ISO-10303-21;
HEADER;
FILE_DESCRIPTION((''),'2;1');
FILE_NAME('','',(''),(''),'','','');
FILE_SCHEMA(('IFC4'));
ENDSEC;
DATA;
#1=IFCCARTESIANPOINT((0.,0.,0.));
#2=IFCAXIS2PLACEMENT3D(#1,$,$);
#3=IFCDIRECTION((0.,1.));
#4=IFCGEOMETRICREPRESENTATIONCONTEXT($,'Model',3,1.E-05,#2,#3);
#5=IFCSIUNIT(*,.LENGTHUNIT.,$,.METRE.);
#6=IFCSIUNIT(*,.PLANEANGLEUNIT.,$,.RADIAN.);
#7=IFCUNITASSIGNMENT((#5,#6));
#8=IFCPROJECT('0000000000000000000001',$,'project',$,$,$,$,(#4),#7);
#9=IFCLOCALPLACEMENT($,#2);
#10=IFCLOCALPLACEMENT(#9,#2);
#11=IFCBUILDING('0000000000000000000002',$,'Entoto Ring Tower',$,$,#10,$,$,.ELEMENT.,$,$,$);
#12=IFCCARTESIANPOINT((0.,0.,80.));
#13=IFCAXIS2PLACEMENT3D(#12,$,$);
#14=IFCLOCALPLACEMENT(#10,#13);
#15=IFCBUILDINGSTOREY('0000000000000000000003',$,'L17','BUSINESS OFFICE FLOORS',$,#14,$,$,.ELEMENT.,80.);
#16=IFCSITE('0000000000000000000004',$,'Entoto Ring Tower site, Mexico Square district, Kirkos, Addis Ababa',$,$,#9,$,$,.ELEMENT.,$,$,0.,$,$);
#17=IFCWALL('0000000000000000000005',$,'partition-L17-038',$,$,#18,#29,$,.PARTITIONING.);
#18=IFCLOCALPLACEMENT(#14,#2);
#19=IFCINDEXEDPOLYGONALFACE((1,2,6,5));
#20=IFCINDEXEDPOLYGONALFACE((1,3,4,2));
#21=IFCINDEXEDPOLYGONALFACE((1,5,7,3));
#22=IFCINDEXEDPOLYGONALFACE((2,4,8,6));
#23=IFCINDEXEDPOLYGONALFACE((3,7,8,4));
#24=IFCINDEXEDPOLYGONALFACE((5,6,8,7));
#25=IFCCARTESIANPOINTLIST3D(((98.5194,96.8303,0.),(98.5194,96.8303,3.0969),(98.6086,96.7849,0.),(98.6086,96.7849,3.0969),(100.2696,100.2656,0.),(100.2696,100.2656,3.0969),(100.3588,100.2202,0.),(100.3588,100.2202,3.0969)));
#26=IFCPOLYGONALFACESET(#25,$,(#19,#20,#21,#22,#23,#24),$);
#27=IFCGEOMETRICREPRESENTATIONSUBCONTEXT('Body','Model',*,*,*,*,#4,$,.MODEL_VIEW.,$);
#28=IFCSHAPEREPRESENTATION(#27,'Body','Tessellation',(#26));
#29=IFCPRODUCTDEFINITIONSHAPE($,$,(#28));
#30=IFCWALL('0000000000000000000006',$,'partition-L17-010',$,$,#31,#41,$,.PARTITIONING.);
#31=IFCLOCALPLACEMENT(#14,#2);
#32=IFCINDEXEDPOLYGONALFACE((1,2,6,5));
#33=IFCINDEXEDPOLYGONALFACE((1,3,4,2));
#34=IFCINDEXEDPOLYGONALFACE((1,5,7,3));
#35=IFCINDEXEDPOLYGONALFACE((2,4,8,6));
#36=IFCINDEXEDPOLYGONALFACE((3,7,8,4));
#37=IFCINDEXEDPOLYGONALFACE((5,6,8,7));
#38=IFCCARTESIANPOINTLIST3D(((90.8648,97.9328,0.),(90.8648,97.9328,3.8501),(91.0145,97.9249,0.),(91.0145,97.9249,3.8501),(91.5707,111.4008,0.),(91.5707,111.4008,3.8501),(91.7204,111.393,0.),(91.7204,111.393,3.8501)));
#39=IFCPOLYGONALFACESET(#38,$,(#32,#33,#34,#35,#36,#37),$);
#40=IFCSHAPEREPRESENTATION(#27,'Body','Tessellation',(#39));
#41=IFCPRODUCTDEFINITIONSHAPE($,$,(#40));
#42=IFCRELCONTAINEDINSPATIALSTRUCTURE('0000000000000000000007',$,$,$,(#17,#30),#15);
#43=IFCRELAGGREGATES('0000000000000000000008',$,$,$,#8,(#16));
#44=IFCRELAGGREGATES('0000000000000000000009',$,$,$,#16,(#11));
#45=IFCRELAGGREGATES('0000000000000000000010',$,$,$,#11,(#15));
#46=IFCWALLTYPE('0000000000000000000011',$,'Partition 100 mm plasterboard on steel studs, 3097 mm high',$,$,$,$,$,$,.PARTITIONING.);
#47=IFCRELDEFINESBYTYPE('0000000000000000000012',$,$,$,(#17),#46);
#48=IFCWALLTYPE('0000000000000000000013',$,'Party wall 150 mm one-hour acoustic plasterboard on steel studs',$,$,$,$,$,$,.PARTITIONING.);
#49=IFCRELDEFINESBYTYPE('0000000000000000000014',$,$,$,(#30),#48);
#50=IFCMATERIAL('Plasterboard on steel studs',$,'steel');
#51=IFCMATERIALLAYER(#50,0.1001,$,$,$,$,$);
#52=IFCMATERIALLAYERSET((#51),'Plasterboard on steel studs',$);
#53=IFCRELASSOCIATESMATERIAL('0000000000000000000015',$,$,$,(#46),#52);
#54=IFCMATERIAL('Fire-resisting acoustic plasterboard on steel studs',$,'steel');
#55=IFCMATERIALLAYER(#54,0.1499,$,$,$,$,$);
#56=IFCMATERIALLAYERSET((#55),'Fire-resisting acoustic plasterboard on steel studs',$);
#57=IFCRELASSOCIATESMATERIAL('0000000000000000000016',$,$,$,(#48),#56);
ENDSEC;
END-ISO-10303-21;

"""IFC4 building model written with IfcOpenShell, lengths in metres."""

from ifc_helpers import new_model, si_unit, direction, frame, frame_2d, origin, place, context, subcontext, project, spatial, rectangle, extrude, material, layer, layer_set, type_object, element, save


model = new_model("IFC4")

# Units and contexts
model_context = context("Model", 3, precision=1e-05, world=origin(), true_north=direction((0.0, 1.0)))
body_context = subcontext(model_context, "Body", "Model", "MODEL_VIEW")
ifc_project = project(units=[si_unit("LENGTHUNIT", "METRE"), si_unit("PLANEANGLEUNIT", "RADIAN")], contexts=[model_context])

# Site, building, storey
site_placement = place(None, origin())
site = spatial("IfcSite", under=ifc_project, at=site_placement, Name="Entoto Ring Tower site, Mexico Square district, Kirkos, Addis Ababa", CompositionType="ELEMENT", RefElevation=0.0)
building_placement = place(site_placement, origin())
building = spatial("IfcBuilding", under=site, at=building_placement, Name="Entoto Ring Tower", CompositionType="ELEMENT")
storey_placement = place(building_placement, frame((0.0, 0.0, 80.0)))
storey = spatial("IfcBuildingStorey", under=building, at=storey_placement, Name="L17", Description="BUSINESS OFFICE FLOORS", CompositionType="ELEMENT", Elevation=80.0)

# Walls
ifc_material_1 = material(Name="Plasterboard on steel studs", Category="steel")
ifc_layer_1 = layer(ifc_material_1, 0.1001)
ifc_layer_set_1 = layer_set([ifc_layer_1], Name="Plasterboard on steel studs")
wall_type_1 = type_object("IfcWallType", Name="Partition 100 mm plasterboard on steel studs, 3097 mm high", PredefinedType="PARTITIONING", material=ifc_layer_set_1)
wall_1_placement = place(storey_placement, frame((98.564, 96.8076, 0.0), z_axis=(0.0, 0.0, 1.0), x_axis=(0.453964, 0.89102, 0.0)))
element("IfcWall", 1, at=wall_1_placement, inside=storey, type_object=wall_type_1, Name="partition-L17-038", PredefinedType="PARTITIONING", context=body_context, shape_type="SweptSolid", body=[
    extrude(rectangle(XDim=3.8555, YDim=0.1001, at=frame_2d((1.9277, 0.0))), origin(), (0.0, 0.0, 1.0), 3.0969),
])
ifc_material_2 = material(Name="Fire-resisting acoustic plasterboard on steel studs", Category="steel")
ifc_layer_2 = layer(ifc_material_2, 0.1499)
ifc_layer_set_2 = layer_set([ifc_layer_2], Name="Fire-resisting acoustic plasterboard on steel studs")
wall_type_2 = type_object("IfcWallType", Name="Party wall 150 mm one-hour acoustic plasterboard on steel studs", PredefinedType="PARTITIONING", material=ifc_layer_set_2)
wall_2_placement = place(storey_placement, frame((90.9397, 97.929, 0.0), z_axis=(0.0, 0.0, 1.0), x_axis=(0.052335, 0.99863, 0.0)))
element("IfcWall", 2, at=wall_2_placement, inside=storey, type_object=wall_type_2, Name="partition-L17-010", PredefinedType="PARTITIONING", context=body_context, shape_type="SweptSolid", body=[
    extrude(rectangle(XDim=13.4866, YDim=0.1499, at=frame_2d((6.7432, 0.0))), origin(), (0.0, 0.0, 1.0), 3.8501),
])

save(model, "model.ifc")
